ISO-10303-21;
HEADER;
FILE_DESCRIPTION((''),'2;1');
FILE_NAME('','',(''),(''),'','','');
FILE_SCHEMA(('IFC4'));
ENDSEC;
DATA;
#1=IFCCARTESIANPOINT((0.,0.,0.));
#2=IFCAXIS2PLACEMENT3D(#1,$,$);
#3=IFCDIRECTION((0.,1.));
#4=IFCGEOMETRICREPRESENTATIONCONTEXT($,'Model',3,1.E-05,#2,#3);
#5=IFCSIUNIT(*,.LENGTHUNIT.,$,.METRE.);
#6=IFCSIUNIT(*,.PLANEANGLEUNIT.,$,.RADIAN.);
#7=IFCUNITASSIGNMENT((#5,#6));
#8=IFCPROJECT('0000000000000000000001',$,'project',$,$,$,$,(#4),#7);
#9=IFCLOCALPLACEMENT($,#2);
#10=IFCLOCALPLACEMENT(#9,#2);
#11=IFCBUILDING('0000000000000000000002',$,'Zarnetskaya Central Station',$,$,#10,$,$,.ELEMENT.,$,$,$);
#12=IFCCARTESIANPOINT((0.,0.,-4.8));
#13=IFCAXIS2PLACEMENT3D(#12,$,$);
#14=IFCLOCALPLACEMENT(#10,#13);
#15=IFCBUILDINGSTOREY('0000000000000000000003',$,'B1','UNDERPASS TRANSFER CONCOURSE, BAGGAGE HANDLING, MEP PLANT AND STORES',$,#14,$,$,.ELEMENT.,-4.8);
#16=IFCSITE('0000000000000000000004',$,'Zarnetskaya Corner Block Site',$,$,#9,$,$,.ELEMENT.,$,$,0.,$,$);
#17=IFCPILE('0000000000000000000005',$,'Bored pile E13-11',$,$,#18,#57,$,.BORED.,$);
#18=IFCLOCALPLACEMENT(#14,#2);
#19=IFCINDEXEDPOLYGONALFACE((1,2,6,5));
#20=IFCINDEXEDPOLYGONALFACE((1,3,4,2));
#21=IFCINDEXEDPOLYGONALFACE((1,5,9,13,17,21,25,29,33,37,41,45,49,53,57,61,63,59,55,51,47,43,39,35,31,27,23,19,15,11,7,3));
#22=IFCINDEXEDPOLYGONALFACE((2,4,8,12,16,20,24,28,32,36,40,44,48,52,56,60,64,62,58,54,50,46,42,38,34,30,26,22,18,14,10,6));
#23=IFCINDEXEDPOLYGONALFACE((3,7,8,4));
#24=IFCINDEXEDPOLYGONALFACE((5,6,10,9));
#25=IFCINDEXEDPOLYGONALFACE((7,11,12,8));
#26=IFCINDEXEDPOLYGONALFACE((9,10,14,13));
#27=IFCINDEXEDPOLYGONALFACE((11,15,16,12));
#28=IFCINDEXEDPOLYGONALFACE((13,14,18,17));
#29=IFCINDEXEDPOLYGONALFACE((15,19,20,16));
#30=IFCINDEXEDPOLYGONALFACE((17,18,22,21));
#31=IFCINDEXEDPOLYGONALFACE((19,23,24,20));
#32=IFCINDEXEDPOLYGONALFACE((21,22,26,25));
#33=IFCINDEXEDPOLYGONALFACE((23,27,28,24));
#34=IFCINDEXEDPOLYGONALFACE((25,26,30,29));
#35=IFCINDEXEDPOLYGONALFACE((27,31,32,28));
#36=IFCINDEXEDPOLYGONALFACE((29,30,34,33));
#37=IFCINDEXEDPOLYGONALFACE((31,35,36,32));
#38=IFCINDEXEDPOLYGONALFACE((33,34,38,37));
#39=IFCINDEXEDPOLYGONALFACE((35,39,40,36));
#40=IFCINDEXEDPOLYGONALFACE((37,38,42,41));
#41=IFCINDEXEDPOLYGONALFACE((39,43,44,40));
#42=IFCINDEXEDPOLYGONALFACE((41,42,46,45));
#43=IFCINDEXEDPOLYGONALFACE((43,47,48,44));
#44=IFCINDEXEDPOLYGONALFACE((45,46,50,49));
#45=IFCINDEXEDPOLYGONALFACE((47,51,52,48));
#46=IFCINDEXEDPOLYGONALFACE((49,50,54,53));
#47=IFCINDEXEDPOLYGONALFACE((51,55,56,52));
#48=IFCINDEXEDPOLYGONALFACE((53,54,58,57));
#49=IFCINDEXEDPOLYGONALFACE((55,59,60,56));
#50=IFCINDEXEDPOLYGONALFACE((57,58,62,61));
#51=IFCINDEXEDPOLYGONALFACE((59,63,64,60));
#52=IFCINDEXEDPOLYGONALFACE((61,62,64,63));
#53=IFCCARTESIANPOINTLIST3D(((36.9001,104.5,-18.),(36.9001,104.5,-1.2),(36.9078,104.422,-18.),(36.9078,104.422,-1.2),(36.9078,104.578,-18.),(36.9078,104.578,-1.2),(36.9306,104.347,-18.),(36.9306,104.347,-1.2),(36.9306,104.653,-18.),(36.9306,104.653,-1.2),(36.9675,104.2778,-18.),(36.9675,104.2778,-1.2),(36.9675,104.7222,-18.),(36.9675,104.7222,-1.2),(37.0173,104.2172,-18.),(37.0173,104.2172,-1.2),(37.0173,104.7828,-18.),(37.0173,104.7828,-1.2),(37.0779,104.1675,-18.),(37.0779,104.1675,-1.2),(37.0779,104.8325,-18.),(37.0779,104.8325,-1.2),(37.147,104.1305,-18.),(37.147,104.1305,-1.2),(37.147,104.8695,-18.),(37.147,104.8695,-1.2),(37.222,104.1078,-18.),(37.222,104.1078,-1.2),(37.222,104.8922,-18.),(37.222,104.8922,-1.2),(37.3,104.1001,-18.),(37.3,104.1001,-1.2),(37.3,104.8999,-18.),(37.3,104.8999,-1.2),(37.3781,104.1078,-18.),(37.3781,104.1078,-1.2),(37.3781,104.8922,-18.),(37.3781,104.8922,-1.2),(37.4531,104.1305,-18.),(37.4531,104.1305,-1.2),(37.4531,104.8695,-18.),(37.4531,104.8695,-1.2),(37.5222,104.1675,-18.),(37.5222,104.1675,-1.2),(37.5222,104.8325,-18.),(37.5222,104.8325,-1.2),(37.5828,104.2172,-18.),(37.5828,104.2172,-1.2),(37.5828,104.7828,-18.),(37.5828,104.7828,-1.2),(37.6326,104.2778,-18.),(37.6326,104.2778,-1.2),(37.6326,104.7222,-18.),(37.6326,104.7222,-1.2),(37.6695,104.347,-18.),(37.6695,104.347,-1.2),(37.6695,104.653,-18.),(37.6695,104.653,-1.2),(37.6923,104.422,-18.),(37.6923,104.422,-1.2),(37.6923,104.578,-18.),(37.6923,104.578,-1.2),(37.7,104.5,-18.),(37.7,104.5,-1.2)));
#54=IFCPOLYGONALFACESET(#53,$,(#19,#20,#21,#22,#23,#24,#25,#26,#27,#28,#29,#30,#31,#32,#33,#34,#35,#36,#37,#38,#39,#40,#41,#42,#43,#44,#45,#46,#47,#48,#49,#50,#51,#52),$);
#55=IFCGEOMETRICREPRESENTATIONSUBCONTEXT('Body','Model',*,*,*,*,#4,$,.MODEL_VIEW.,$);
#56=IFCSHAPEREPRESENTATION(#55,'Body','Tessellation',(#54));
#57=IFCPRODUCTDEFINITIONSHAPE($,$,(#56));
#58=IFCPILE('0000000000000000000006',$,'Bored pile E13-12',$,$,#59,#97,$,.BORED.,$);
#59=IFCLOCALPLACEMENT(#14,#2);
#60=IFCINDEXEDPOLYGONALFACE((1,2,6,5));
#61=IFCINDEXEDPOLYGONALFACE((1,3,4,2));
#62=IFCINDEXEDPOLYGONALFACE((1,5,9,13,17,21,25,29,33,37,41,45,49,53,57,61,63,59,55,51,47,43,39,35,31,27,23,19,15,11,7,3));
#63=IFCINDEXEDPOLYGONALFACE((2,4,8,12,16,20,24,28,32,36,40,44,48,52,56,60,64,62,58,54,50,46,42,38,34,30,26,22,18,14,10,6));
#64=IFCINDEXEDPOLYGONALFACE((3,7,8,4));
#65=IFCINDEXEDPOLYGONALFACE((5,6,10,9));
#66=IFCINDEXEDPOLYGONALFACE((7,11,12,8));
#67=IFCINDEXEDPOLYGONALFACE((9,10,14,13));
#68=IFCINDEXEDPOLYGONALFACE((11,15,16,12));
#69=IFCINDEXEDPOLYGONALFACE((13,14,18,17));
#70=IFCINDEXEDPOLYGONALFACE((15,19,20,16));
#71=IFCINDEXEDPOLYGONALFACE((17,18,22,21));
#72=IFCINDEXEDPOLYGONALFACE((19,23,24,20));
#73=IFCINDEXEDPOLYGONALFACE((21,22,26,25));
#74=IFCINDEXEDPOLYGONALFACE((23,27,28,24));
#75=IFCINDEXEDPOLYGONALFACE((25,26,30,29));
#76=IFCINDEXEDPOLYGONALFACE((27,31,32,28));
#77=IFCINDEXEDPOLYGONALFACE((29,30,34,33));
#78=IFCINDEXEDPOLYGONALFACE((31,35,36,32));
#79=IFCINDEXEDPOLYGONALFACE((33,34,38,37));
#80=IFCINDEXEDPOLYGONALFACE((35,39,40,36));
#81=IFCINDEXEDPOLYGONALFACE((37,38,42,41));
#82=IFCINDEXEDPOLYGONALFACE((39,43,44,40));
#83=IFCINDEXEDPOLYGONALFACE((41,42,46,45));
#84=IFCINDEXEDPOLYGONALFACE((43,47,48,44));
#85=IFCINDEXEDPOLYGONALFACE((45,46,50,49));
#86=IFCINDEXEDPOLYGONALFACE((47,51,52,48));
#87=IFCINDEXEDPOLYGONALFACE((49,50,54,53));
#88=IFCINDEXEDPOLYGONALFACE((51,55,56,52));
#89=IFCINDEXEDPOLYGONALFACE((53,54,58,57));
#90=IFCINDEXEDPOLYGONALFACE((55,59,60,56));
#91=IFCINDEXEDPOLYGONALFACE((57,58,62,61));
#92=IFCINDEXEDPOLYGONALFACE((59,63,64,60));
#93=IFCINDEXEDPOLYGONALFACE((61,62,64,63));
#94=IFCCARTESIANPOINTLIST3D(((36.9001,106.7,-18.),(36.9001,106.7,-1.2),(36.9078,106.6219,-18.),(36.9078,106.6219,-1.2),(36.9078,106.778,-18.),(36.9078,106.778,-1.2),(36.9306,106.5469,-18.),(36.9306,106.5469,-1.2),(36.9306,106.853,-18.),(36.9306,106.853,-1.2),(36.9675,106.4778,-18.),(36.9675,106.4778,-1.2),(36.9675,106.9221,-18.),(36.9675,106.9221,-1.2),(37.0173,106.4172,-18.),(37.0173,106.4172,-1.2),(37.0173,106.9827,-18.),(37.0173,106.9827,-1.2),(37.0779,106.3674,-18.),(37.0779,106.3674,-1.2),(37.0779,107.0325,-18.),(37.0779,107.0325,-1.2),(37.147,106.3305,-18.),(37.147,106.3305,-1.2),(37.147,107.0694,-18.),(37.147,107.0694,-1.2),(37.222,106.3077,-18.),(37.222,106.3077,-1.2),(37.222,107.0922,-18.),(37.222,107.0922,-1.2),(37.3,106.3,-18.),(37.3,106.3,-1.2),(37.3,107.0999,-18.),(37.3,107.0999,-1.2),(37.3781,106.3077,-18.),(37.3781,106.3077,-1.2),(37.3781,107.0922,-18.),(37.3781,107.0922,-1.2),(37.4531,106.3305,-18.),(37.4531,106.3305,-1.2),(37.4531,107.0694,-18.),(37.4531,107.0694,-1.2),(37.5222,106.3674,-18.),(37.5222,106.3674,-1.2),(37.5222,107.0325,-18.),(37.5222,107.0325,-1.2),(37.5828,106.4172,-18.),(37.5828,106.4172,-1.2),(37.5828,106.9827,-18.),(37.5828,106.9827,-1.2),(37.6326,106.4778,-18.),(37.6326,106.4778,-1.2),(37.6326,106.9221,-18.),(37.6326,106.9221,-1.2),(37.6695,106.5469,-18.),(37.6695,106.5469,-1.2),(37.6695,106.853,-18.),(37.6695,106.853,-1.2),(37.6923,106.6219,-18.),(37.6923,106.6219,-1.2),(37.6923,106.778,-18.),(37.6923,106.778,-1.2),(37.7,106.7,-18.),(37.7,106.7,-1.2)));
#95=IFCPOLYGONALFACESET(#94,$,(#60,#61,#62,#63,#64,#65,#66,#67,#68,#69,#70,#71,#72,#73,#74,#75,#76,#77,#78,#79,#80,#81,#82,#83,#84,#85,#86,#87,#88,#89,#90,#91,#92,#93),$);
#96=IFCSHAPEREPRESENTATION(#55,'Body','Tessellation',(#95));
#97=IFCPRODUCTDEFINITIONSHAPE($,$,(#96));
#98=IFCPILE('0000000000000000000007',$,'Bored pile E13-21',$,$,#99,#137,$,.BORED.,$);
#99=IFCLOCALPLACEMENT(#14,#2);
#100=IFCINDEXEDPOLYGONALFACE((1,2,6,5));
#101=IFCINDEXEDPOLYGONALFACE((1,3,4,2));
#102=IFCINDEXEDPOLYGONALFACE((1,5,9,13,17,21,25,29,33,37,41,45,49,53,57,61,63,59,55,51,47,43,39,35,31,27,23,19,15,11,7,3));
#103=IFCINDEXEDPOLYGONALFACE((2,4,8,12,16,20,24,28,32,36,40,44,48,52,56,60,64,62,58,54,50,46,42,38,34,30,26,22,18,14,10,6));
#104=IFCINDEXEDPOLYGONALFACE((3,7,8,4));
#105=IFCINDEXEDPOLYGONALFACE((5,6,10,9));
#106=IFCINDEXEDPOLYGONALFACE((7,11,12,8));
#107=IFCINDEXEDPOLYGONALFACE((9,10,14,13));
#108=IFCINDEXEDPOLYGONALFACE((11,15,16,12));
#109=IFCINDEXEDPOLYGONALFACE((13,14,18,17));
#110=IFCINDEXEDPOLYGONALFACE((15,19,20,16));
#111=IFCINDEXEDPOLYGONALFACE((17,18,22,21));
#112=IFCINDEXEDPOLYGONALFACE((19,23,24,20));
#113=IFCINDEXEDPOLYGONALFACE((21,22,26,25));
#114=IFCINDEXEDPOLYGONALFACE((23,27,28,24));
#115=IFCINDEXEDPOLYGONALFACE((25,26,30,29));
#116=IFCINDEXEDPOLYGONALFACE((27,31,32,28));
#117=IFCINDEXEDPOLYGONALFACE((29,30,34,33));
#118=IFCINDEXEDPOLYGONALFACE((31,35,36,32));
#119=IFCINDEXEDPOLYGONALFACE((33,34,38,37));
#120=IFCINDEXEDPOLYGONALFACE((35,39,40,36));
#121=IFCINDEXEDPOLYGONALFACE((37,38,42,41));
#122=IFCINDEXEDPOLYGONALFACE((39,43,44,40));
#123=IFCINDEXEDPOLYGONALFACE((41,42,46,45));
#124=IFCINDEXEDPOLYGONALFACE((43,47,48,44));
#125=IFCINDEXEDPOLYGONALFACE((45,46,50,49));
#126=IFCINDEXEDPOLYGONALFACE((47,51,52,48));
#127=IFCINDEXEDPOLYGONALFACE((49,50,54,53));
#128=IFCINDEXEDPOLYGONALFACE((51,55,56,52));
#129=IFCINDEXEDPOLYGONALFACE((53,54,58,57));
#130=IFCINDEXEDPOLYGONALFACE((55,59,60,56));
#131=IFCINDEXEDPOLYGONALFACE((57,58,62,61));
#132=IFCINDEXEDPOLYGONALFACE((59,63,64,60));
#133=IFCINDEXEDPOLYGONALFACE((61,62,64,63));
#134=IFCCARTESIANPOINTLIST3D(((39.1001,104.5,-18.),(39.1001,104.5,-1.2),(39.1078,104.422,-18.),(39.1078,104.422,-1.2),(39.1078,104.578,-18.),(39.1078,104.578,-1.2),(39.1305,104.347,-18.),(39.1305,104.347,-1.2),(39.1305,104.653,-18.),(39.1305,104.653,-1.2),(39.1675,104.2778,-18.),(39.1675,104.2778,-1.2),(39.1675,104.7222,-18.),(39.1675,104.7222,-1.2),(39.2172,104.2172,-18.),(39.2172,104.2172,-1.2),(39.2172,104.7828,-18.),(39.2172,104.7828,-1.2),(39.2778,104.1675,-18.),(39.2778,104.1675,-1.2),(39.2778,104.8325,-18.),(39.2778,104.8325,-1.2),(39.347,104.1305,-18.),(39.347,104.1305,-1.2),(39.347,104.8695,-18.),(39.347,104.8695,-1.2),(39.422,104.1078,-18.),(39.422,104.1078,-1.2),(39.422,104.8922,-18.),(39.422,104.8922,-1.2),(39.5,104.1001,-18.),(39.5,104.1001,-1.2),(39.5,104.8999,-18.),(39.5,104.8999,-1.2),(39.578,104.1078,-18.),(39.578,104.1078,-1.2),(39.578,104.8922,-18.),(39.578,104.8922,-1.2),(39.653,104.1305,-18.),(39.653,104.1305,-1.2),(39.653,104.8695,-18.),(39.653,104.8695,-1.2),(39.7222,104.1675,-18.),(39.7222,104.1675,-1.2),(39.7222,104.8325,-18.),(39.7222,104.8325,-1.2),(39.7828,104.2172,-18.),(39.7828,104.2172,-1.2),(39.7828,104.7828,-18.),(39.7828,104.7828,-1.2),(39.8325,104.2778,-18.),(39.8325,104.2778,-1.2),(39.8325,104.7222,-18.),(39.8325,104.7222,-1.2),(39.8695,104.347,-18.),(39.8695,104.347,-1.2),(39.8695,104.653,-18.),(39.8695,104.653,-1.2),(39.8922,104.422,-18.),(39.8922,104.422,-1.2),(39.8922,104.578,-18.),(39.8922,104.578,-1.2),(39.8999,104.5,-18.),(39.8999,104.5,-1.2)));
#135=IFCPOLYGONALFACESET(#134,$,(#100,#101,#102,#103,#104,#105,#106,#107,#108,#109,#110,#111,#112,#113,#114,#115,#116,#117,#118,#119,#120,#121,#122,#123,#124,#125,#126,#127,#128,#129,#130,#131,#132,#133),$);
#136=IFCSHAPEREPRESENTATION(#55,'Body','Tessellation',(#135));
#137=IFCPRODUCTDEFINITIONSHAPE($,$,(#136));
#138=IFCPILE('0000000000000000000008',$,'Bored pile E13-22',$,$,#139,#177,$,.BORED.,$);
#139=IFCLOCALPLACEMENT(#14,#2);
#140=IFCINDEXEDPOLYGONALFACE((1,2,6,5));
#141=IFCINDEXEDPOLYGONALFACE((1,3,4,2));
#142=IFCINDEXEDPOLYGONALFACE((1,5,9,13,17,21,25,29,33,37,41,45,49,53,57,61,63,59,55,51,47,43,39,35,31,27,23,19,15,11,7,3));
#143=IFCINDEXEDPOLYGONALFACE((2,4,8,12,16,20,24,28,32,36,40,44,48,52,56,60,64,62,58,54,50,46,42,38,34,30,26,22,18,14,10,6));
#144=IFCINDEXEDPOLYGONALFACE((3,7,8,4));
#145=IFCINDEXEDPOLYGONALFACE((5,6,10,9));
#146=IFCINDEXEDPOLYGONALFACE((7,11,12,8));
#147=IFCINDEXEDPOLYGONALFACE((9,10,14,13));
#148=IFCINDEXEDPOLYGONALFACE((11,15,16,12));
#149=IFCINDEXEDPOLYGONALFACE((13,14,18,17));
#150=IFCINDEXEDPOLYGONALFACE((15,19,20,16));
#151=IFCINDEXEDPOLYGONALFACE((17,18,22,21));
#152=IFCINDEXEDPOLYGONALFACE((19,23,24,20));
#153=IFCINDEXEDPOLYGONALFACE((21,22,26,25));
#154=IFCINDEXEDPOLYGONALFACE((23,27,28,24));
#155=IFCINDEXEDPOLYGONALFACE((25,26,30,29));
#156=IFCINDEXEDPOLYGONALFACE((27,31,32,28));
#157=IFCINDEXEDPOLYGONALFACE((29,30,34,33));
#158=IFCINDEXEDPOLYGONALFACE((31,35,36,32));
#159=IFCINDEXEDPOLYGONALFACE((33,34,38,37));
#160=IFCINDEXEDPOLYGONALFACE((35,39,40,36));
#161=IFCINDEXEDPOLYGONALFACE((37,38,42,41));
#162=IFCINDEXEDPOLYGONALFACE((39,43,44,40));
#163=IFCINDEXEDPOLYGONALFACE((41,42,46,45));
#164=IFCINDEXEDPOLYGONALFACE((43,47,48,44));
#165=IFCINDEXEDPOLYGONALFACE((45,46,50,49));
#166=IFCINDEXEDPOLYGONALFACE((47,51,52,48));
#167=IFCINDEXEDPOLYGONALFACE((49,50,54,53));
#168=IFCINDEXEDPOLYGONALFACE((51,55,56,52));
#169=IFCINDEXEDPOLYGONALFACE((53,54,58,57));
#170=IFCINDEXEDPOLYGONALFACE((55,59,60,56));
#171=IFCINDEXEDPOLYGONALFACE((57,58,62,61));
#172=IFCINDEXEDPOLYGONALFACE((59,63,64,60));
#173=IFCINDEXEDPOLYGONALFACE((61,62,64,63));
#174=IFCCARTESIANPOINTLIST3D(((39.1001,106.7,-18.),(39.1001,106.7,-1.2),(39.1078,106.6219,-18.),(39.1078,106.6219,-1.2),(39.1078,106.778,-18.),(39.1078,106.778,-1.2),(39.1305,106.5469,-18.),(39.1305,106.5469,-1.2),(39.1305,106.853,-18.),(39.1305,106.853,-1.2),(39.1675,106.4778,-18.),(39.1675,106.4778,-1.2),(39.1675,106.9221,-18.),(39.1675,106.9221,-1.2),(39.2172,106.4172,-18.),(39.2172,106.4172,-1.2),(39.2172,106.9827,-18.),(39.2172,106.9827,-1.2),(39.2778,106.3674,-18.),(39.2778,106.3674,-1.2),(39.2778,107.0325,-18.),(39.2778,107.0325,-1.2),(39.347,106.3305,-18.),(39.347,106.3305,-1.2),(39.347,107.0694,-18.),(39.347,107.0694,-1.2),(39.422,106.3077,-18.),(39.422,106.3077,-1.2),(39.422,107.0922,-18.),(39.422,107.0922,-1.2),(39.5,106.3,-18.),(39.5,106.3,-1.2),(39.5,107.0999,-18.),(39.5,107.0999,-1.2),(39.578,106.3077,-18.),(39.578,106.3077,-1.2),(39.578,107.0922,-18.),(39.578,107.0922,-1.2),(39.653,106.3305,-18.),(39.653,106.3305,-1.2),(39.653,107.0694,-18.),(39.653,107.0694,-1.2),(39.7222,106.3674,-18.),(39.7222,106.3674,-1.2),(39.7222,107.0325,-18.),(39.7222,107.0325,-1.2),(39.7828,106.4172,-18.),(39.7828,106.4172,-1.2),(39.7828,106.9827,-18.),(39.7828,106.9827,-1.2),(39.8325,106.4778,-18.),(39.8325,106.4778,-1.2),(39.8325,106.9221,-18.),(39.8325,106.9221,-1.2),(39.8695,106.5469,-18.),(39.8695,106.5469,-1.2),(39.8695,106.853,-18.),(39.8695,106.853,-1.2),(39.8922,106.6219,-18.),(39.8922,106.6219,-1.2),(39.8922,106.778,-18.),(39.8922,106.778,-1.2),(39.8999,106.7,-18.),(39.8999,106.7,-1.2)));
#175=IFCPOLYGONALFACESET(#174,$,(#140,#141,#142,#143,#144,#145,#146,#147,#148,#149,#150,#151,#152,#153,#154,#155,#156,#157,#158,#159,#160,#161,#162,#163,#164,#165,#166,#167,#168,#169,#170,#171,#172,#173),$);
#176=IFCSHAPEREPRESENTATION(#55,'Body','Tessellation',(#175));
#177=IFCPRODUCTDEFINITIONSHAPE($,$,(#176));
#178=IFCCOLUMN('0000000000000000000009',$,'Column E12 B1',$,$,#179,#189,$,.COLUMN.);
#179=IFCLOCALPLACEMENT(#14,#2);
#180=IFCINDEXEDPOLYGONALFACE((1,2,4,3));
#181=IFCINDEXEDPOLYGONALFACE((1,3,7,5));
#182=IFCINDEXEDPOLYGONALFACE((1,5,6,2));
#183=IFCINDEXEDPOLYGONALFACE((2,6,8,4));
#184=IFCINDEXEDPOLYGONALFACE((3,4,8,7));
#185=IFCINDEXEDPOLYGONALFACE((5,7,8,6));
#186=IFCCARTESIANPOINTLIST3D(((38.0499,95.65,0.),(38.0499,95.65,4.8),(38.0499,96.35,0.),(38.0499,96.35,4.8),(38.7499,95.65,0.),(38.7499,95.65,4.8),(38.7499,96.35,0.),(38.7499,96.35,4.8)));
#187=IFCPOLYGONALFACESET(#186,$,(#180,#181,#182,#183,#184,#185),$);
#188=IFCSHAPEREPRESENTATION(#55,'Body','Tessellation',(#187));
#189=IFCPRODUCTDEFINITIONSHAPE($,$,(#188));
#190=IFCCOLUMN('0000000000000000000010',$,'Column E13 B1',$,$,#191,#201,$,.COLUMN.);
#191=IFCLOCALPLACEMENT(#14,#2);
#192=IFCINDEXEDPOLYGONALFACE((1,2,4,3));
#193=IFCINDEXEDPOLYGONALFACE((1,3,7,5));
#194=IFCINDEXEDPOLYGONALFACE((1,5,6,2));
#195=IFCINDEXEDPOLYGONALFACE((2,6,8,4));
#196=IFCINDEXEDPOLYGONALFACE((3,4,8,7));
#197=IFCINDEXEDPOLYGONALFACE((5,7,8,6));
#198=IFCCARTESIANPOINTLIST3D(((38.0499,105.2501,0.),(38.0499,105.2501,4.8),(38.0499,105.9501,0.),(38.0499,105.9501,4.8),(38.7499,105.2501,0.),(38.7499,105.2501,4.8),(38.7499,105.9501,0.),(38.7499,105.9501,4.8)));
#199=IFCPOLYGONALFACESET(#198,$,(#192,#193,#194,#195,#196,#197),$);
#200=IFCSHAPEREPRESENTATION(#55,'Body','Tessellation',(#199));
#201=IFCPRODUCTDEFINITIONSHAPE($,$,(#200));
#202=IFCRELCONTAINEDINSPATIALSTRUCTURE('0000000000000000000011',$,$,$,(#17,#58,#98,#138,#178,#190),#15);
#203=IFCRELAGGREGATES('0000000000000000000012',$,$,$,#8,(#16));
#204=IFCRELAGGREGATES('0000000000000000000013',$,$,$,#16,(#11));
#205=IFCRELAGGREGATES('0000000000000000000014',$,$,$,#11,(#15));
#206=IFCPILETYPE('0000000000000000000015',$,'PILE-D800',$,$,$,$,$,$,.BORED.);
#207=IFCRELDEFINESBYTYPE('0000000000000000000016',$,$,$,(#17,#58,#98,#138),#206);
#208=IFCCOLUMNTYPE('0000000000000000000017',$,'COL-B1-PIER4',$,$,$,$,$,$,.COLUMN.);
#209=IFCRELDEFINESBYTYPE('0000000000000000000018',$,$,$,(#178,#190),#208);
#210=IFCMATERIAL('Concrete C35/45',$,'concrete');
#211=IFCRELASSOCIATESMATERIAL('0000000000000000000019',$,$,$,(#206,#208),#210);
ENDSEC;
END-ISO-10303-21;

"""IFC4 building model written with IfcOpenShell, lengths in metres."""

from ifc_helpers import new_model, si_unit, direction, frame, origin, origin_2d, place, context, subcontext, project, spatial, rectangle, circle, extrude, material, material_profile, profile_set, type_object, element, save


model = new_model("IFC4")

# Units and contexts
model_context = context("Model", 3, precision=1e-05, world=origin(), true_north=direction((0.0, 1.0)))
body_context = subcontext(model_context, "Body", "Model", "MODEL_VIEW")
ifc_project = project(units=[si_unit("LENGTHUNIT", "METRE"), si_unit("PLANEANGLEUNIT", "RADIAN")], contexts=[model_context])

# Site, building, storey
site_placement = place(None, origin())
site = spatial("IfcSite", under=ifc_project, at=site_placement, Name="Zarnetskaya Corner Block Site", CompositionType="ELEMENT", RefElevation=0.0)
building_placement = place(site_placement, origin())
building = spatial("IfcBuilding", under=site, at=building_placement, Name="Zarnetskaya Central Station", CompositionType="ELEMENT")
storey_placement = place(building_placement, frame((0.0, 0.0, -4.8)))
storey = spatial("IfcBuildingStorey", under=building, at=storey_placement, Name="B1", Description="UNDERPASS TRANSFER CONCOURSE, BAGGAGE HANDLING, MEP PLANT AND STORES", CompositionType="ELEMENT", Elevation=-4.8)

# Shared definitions
ifc_material = material(Name="Concrete C35/45", Category="concrete")

# Piles
ifc_material_profile_1 = material_profile(ifc_material, circle(Radius=0.3999, at=origin_2d()), Name="BORED PILE D800")
ifc_profile_set_1 = profile_set([ifc_material_profile_1], Name="Concrete C35/45")
pile_type = type_object("IfcPileType", Name="PILE-D800", PredefinedType="BORED", material=ifc_profile_set_1)
for number, where, z_axis, x_axis, name in (
    (1, (37.3, 104.5, -1.2), (0.0, 0.0, -1.0), (1.0, 0.0, 0.0), "Bored pile E13-11"),
    (2, (37.3, 106.7, -1.2), (0.0, 0.0, -1.0), (1.0, 0.0, 0.0), "Bored pile E13-12"),
    (3, (39.5, 104.5, -1.2), (0.0, 0.0, -1.0), (1.0, 0.0, 0.0), "Bored pile E13-21"),
    (4, (39.5, 106.7, -1.2), (0.0, 0.0, -1.0), (1.0, 0.0, 0.0), "Bored pile E13-22"),
):
    element("IfcPile", number, at=place(storey_placement, frame(where, z_axis=z_axis, x_axis=x_axis)), inside=storey, type_object=pile_type, Name=name, PredefinedType="BORED", context=body_context, shape_type="SweptSolid", body=[
        extrude(circle(Radius=0.3999, at=origin_2d()), origin(), (0.0, 0.0, 1.0), 16.8),
    ])

# Columns
ifc_material_profile_2 = material_profile(ifc_material, rectangle(XDim=0.7, YDim=0.7, at=origin_2d()), Name="RC 700x700")
ifc_profile_set_2 = profile_set([ifc_material_profile_2], Name="Concrete C35/45")
column_type_1 = type_object("IfcColumnType", Name="COL-B1-PIER4", PredefinedType="COLUMN", material=ifc_profile_set_2)
for number, where, z_axis, x_axis, name in (
    (5, (38.3999, 96.0, 0.0), (0.0, 0.0, 1.0), (1.0, 0.0, 0.0), "Column E12 B1"),
    (6, (38.3999, 105.6001, 0.0), (0.0, 0.0, 1.0), (1.0, 0.0, 0.0), "Column E13 B1"),
):
    element("IfcColumn", number, at=place(storey_placement, frame(where, z_axis=z_axis, x_axis=x_axis)), inside=storey, type_object=column_type_1, Name=name, PredefinedType="COLUMN", context=body_context, shape_type="SweptSolid", body=[
        extrude(rectangle(XDim=0.7, YDim=0.7, at=origin_2d()), origin(), (0.0, 0.0, 1.0), 4.8),
    ])

save(model, "model.ifc")
